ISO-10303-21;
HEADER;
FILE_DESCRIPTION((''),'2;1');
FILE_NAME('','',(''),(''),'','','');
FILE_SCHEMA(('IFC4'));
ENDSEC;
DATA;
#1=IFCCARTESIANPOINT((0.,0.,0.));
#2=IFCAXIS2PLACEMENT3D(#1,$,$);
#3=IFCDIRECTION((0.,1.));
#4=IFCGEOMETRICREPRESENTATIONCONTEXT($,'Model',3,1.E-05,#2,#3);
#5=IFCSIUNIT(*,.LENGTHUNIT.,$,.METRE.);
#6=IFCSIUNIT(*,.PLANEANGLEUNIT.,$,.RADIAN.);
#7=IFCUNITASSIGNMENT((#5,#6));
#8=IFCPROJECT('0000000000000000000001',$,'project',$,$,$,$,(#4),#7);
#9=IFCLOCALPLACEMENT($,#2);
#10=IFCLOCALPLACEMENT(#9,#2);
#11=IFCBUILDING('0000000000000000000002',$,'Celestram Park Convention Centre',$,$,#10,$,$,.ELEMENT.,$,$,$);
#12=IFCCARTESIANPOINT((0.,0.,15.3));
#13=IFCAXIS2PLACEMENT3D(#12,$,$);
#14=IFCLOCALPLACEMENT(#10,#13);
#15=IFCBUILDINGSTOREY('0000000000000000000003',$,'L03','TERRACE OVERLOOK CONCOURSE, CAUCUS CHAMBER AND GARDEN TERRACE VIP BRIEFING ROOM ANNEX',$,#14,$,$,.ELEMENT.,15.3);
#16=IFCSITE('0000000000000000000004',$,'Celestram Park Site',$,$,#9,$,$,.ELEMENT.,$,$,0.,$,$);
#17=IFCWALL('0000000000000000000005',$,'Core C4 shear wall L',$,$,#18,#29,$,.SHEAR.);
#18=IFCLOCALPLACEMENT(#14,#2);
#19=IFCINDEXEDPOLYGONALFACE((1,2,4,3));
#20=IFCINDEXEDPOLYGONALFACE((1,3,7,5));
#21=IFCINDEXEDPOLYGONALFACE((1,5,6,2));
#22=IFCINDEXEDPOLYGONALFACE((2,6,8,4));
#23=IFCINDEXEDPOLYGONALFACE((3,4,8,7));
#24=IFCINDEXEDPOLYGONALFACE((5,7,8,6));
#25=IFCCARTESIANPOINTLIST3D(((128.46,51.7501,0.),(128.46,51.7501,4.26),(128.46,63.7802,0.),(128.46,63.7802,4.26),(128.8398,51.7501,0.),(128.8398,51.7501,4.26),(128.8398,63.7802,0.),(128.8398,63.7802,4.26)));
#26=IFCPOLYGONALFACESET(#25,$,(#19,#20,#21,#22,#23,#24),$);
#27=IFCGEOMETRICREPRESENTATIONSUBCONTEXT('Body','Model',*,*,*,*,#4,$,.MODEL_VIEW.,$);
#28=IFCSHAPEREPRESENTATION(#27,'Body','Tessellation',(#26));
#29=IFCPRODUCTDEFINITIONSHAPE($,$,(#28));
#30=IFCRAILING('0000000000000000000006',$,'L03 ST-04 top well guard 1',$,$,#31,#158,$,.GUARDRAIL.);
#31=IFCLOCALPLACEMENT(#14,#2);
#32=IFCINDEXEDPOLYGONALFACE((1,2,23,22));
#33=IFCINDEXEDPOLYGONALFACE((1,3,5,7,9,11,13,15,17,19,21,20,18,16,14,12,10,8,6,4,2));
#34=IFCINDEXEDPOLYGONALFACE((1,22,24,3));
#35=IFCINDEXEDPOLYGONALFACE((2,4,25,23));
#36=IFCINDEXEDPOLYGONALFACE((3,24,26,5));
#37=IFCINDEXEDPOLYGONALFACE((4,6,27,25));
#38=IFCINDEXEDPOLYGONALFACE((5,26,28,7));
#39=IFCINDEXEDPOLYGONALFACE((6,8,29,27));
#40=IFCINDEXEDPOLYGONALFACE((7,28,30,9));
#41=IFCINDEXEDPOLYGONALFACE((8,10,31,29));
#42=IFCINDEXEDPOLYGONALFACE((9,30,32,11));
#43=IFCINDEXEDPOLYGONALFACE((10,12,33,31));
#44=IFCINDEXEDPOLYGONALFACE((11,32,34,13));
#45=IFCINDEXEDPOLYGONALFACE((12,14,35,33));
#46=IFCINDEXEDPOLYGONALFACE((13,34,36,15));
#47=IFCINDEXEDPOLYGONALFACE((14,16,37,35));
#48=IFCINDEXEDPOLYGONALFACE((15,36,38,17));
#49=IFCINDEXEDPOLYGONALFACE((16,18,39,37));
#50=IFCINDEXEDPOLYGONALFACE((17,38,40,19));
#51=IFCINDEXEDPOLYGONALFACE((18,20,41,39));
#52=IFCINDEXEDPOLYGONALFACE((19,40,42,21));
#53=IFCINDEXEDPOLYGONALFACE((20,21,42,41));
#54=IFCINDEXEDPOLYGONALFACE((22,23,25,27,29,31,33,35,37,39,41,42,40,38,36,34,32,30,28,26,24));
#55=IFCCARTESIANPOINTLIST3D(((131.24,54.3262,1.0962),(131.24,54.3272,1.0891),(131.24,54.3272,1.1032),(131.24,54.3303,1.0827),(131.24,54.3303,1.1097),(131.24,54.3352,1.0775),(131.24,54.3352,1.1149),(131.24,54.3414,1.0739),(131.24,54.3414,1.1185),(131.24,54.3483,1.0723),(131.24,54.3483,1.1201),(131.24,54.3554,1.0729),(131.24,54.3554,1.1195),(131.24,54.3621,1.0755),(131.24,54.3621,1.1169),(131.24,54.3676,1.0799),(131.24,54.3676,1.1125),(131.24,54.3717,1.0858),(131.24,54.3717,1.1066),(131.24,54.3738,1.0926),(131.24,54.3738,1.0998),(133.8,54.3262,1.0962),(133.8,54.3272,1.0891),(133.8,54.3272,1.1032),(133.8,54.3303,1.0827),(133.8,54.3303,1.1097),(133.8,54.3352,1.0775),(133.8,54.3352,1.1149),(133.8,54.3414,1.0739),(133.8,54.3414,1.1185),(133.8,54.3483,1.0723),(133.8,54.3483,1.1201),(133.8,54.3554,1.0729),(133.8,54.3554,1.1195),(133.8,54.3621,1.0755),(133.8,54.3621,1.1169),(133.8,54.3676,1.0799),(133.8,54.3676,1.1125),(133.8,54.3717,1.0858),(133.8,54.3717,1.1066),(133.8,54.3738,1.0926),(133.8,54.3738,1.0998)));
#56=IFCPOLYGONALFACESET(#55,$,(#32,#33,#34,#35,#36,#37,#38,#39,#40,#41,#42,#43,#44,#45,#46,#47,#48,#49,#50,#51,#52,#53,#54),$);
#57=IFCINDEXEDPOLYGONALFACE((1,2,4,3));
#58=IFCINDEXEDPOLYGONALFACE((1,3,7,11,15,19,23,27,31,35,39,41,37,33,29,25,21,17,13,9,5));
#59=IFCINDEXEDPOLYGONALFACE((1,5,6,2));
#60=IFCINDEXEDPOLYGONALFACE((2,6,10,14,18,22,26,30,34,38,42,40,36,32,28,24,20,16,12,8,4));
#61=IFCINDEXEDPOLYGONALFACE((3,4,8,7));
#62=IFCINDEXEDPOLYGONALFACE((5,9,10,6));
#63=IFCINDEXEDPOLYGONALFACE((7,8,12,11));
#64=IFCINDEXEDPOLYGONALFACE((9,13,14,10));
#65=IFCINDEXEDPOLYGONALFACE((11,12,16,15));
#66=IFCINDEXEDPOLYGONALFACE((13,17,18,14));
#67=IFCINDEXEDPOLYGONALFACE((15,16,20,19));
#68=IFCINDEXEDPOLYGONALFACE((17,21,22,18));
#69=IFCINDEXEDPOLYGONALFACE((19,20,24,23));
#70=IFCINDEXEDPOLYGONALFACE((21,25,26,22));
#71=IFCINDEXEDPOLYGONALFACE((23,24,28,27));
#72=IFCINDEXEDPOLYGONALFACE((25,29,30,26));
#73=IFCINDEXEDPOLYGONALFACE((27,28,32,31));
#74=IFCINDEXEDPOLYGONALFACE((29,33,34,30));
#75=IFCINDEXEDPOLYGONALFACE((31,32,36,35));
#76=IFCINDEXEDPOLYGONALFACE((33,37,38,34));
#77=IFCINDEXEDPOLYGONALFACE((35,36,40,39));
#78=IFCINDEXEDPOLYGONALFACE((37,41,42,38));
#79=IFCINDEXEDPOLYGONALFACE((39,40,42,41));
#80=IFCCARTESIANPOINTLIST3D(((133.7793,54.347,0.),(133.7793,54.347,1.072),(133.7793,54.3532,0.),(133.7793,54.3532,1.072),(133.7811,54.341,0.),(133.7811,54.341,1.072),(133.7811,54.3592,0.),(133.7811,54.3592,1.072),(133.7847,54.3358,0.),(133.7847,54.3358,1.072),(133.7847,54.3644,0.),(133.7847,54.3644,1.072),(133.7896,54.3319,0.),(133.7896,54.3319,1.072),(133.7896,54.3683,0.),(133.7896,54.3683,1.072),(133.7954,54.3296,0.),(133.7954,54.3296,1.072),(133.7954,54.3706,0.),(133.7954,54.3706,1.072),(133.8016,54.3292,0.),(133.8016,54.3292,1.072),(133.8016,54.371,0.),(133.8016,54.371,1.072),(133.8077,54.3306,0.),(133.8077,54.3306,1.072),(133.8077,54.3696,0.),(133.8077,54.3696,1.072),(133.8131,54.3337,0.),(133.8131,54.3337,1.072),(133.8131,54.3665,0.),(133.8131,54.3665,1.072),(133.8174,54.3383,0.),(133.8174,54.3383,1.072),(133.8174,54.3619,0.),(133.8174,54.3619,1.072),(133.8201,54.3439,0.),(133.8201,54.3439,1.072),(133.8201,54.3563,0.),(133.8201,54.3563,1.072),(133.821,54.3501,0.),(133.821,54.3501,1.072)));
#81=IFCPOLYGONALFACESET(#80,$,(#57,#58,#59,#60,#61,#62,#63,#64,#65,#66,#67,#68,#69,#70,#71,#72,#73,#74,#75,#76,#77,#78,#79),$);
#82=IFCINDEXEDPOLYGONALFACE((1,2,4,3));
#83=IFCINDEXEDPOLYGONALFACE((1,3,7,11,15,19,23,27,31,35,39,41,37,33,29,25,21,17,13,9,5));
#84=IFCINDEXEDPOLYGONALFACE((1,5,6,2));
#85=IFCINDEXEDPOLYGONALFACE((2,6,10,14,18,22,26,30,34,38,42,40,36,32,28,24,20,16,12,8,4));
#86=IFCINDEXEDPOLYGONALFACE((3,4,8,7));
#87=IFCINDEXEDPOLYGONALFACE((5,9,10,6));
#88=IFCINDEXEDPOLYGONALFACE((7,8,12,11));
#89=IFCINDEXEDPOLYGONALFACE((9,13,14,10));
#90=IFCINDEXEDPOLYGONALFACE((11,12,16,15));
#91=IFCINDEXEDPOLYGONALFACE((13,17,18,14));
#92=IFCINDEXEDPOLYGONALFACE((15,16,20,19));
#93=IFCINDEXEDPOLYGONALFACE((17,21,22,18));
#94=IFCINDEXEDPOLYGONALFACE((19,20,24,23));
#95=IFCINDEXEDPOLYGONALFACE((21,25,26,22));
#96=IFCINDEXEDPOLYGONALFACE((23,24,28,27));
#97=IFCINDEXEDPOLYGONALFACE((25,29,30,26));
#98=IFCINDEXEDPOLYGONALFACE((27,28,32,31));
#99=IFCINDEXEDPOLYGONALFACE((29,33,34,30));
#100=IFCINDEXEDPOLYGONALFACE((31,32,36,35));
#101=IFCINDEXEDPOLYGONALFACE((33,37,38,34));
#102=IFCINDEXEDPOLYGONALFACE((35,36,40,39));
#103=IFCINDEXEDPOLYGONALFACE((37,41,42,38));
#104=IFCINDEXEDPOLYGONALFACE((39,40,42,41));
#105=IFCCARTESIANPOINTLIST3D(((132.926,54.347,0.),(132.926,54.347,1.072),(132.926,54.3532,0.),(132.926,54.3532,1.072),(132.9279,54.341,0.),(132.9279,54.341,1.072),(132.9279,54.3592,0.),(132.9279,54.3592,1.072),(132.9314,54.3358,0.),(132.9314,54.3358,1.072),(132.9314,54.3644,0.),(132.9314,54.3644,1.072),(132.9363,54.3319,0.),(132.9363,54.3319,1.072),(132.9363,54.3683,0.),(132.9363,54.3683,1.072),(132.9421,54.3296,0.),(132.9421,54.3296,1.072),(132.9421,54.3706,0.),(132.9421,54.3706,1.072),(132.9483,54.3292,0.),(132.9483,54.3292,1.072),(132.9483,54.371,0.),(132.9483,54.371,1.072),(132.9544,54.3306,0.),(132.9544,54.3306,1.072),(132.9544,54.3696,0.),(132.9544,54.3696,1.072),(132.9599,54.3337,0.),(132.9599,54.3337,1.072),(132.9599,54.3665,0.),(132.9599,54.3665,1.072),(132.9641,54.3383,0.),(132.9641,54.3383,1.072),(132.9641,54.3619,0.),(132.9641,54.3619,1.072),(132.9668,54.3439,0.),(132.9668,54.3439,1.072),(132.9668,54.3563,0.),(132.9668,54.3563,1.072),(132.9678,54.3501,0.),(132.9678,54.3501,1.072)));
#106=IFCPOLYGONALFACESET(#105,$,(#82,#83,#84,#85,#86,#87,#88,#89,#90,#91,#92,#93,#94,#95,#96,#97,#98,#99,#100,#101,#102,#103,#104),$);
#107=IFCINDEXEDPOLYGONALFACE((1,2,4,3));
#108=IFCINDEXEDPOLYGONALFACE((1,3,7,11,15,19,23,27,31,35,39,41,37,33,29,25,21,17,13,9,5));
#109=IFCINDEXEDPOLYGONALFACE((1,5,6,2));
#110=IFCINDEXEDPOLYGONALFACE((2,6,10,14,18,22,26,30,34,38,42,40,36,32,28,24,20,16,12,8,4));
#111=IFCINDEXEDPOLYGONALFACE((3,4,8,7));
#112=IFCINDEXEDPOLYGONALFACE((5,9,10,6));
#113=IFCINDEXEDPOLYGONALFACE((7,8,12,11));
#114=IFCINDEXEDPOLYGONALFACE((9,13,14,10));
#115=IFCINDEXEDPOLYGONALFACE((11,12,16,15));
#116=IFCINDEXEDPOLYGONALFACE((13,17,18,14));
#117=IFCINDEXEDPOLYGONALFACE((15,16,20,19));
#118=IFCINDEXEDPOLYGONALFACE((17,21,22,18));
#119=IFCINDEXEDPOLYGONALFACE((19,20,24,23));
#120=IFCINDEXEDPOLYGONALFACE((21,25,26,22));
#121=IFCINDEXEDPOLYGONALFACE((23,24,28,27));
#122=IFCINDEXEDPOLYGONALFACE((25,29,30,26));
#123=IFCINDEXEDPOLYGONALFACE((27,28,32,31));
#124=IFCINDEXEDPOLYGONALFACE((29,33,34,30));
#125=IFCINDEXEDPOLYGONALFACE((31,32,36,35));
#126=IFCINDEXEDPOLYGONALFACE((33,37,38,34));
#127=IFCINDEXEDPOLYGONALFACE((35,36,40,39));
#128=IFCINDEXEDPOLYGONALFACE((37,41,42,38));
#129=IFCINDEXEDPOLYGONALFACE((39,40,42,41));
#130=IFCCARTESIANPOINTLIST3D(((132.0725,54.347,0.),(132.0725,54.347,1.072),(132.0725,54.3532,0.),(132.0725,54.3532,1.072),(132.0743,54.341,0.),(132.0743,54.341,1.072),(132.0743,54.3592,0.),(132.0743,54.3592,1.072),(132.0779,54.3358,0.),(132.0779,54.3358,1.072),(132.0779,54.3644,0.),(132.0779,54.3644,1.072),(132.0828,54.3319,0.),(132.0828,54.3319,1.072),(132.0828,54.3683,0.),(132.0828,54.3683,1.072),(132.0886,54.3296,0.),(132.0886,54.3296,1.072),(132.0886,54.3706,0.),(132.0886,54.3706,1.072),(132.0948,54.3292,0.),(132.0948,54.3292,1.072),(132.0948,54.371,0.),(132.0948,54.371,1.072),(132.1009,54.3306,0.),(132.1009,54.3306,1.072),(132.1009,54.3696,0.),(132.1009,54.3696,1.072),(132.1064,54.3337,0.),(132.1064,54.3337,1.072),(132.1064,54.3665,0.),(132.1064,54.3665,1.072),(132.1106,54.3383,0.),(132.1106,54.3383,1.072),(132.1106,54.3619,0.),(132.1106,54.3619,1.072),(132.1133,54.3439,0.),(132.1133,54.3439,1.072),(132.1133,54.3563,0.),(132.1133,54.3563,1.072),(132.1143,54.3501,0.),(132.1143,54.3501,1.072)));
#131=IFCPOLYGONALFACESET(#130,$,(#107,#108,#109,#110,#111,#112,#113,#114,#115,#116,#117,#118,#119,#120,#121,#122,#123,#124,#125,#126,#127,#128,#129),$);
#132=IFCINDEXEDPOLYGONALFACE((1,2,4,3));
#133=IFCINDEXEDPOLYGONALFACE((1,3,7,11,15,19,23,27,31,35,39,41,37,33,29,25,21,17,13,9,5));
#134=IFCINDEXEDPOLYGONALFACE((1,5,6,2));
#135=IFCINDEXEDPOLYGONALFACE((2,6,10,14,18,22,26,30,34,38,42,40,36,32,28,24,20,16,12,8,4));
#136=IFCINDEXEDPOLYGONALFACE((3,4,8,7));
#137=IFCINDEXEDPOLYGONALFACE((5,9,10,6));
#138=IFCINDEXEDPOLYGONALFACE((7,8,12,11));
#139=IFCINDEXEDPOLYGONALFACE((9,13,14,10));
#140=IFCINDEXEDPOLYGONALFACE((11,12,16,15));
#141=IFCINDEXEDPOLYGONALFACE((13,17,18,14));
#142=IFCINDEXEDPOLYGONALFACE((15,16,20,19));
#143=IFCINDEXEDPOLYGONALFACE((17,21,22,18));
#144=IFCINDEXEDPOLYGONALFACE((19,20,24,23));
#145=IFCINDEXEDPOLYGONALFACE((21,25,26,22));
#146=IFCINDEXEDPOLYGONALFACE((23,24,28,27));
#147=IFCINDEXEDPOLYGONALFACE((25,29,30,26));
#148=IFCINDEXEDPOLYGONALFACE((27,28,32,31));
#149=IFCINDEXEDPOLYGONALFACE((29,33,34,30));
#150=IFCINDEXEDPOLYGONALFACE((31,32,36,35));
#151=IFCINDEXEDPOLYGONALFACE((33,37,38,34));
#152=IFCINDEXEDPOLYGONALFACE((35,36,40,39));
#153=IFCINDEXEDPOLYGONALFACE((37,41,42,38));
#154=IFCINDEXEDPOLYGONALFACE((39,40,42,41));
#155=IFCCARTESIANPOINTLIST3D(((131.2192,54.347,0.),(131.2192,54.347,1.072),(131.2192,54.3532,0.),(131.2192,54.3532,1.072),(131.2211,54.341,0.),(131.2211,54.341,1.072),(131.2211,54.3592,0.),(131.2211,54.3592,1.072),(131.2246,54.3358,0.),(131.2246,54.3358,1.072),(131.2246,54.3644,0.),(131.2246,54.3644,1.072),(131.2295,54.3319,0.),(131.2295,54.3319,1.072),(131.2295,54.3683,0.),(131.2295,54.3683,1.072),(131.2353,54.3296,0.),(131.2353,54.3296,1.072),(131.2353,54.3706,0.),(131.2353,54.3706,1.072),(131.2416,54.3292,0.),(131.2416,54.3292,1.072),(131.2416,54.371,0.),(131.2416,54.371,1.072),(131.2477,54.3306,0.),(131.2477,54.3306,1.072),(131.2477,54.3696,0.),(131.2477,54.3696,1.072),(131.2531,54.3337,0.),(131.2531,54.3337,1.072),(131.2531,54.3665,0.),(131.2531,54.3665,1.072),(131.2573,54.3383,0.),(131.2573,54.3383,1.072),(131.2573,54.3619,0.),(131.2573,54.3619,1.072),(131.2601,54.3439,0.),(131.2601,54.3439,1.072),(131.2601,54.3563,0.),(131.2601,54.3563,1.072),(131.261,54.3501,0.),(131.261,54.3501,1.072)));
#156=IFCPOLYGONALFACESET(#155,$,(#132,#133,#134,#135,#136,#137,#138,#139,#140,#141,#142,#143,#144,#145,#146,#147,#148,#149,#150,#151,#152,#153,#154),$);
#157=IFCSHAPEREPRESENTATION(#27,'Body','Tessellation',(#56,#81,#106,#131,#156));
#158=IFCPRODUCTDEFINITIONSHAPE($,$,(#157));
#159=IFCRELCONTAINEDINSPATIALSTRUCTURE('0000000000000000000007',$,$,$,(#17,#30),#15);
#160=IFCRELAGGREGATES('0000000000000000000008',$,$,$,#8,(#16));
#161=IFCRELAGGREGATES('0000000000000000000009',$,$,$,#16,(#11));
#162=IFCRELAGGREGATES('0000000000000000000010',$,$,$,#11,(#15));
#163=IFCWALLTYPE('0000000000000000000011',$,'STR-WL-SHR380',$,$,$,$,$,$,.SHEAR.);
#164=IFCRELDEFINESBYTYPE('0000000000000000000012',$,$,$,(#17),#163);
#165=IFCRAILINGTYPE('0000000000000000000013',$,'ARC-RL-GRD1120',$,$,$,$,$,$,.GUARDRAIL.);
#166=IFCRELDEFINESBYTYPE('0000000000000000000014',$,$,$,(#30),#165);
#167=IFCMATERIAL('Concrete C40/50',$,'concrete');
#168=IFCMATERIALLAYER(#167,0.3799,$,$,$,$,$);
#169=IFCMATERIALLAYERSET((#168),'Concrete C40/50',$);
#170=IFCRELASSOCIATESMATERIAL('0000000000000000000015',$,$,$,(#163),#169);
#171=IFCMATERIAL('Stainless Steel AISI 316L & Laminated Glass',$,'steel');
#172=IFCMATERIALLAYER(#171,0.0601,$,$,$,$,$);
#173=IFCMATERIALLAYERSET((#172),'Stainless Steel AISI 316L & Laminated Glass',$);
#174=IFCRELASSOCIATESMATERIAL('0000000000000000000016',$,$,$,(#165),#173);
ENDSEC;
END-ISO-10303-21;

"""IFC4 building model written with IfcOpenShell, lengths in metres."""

from ifc_helpers import new_model, si_unit, direction, frame, frame_2d, origin, origin_2d, place, context, subcontext, project, spatial, rectangle, circle, extrude, material, layer, layer_set, type_object, element, save


model = new_model("IFC4")

# Units and contexts
model_context = context("Model", 3, precision=1e-05, world=origin(), true_north=direction((0.0, 1.0)))
body_context = subcontext(model_context, "Body", "Model", "MODEL_VIEW")
ifc_project = project(units=[si_unit("LENGTHUNIT", "METRE"), si_unit("PLANEANGLEUNIT", "RADIAN")], contexts=[model_context])

# Site, building, storey
site_placement = place(None, origin())
site = spatial("IfcSite", under=ifc_project, at=site_placement, Name="Celestram Park Site", CompositionType="ELEMENT", RefElevation=0.0)
building_placement = place(site_placement, origin())
building = spatial("IfcBuilding", under=site, at=building_placement, Name="Celestram Park Convention Centre", CompositionType="ELEMENT")
storey_placement = place(building_placement, frame((0.0, 0.0, 15.3)))
storey = spatial("IfcBuildingStorey", under=building, at=storey_placement, Name="L03", Description="TERRACE OVERLOOK CONCOURSE, CAUCUS CHAMBER AND GARDEN TERRACE VIP BRIEFING ROOM ANNEX", CompositionType="ELEMENT", Elevation=15.3)

# Shared definitions
ifc_material_1 = material(Name="Concrete C40/50", Category="concrete")

# Wall
ifc_layer_1 = layer(ifc_material_1, 0.3799)
ifc_layer_set_1 = layer_set([ifc_layer_1], Name="Concrete C40/50")
wall_type_1 = type_object("IfcWallType", Name="STR-WL-SHR380", PredefinedType="SHEAR", material=ifc_layer_set_1)
wall_1_placement = place(storey_placement, frame((128.6499, 51.75, 0.0), z_axis=(0.0, 0.0, 1.0), x_axis=(0.0, 1.0, 0.0)))
element("IfcWall", 1, at=wall_1_placement, inside=storey, type_object=wall_type_1, Name="Core C4 shear wall L", PredefinedType="SHEAR", context=body_context, shape_type="SweptSolid", body=[
    extrude(rectangle(XDim=12.03, YDim=0.3799, at=frame_2d((6.0151, 0.0))), origin(), (0.0, 0.0, 1.0), 4.26),
])

# Railing
ifc_material_2 = material(Name="Stainless Steel AISI 316L & Laminated Glass", Category="steel")
ifc_layer_2 = layer(ifc_material_2, 0.0601)
ifc_layer_set_2 = layer_set([ifc_layer_2], Name="Stainless Steel AISI 316L & Laminated Glass")
railing_type = type_object("IfcRailingType", Name="ARC-RL-GRD1120", PredefinedType="GUARDRAIL", material=ifc_layer_set_2)
railing_placement = place(storey_placement, frame((133.8, 54.3501, 0.0)))
element("IfcRailing", 2, at=railing_placement, inside=storey, type_object=railing_type, Name="L03 ST-04 top well guard 1", PredefinedType="GUARDRAIL", context=body_context, shape_type="SweptSolid", body=[
    extrude(circle(Radius=0.0239, at=origin_2d()), frame((0.0, 0.0, 1.0962), z_axis=(-1.0, 0.0, 0.0), x_axis=(0.0, -1.0, 0.0)), (0.0, 0.0, 1.0), 2.5601),
    extrude(circle(Radius=0.021, at=origin_2d()), origin(), (0.0, 0.0, 1.0), 1.072),
    extrude(circle(Radius=0.021, at=origin_2d()), frame((-0.8533, 0.0, 0.0)), (0.0, 0.0, 1.0), 1.072),
    extrude(circle(Radius=0.021, at=origin_2d()), frame((-1.7068, 0.0, 0.0)), (0.0, 0.0, 1.0), 1.072),
    extrude(circle(Radius=0.021, at=origin_2d()), frame((-2.5601, 0.0, 0.0)), (0.0, 0.0, 1.0), 1.072),
])

save(model, "model.ifc")
